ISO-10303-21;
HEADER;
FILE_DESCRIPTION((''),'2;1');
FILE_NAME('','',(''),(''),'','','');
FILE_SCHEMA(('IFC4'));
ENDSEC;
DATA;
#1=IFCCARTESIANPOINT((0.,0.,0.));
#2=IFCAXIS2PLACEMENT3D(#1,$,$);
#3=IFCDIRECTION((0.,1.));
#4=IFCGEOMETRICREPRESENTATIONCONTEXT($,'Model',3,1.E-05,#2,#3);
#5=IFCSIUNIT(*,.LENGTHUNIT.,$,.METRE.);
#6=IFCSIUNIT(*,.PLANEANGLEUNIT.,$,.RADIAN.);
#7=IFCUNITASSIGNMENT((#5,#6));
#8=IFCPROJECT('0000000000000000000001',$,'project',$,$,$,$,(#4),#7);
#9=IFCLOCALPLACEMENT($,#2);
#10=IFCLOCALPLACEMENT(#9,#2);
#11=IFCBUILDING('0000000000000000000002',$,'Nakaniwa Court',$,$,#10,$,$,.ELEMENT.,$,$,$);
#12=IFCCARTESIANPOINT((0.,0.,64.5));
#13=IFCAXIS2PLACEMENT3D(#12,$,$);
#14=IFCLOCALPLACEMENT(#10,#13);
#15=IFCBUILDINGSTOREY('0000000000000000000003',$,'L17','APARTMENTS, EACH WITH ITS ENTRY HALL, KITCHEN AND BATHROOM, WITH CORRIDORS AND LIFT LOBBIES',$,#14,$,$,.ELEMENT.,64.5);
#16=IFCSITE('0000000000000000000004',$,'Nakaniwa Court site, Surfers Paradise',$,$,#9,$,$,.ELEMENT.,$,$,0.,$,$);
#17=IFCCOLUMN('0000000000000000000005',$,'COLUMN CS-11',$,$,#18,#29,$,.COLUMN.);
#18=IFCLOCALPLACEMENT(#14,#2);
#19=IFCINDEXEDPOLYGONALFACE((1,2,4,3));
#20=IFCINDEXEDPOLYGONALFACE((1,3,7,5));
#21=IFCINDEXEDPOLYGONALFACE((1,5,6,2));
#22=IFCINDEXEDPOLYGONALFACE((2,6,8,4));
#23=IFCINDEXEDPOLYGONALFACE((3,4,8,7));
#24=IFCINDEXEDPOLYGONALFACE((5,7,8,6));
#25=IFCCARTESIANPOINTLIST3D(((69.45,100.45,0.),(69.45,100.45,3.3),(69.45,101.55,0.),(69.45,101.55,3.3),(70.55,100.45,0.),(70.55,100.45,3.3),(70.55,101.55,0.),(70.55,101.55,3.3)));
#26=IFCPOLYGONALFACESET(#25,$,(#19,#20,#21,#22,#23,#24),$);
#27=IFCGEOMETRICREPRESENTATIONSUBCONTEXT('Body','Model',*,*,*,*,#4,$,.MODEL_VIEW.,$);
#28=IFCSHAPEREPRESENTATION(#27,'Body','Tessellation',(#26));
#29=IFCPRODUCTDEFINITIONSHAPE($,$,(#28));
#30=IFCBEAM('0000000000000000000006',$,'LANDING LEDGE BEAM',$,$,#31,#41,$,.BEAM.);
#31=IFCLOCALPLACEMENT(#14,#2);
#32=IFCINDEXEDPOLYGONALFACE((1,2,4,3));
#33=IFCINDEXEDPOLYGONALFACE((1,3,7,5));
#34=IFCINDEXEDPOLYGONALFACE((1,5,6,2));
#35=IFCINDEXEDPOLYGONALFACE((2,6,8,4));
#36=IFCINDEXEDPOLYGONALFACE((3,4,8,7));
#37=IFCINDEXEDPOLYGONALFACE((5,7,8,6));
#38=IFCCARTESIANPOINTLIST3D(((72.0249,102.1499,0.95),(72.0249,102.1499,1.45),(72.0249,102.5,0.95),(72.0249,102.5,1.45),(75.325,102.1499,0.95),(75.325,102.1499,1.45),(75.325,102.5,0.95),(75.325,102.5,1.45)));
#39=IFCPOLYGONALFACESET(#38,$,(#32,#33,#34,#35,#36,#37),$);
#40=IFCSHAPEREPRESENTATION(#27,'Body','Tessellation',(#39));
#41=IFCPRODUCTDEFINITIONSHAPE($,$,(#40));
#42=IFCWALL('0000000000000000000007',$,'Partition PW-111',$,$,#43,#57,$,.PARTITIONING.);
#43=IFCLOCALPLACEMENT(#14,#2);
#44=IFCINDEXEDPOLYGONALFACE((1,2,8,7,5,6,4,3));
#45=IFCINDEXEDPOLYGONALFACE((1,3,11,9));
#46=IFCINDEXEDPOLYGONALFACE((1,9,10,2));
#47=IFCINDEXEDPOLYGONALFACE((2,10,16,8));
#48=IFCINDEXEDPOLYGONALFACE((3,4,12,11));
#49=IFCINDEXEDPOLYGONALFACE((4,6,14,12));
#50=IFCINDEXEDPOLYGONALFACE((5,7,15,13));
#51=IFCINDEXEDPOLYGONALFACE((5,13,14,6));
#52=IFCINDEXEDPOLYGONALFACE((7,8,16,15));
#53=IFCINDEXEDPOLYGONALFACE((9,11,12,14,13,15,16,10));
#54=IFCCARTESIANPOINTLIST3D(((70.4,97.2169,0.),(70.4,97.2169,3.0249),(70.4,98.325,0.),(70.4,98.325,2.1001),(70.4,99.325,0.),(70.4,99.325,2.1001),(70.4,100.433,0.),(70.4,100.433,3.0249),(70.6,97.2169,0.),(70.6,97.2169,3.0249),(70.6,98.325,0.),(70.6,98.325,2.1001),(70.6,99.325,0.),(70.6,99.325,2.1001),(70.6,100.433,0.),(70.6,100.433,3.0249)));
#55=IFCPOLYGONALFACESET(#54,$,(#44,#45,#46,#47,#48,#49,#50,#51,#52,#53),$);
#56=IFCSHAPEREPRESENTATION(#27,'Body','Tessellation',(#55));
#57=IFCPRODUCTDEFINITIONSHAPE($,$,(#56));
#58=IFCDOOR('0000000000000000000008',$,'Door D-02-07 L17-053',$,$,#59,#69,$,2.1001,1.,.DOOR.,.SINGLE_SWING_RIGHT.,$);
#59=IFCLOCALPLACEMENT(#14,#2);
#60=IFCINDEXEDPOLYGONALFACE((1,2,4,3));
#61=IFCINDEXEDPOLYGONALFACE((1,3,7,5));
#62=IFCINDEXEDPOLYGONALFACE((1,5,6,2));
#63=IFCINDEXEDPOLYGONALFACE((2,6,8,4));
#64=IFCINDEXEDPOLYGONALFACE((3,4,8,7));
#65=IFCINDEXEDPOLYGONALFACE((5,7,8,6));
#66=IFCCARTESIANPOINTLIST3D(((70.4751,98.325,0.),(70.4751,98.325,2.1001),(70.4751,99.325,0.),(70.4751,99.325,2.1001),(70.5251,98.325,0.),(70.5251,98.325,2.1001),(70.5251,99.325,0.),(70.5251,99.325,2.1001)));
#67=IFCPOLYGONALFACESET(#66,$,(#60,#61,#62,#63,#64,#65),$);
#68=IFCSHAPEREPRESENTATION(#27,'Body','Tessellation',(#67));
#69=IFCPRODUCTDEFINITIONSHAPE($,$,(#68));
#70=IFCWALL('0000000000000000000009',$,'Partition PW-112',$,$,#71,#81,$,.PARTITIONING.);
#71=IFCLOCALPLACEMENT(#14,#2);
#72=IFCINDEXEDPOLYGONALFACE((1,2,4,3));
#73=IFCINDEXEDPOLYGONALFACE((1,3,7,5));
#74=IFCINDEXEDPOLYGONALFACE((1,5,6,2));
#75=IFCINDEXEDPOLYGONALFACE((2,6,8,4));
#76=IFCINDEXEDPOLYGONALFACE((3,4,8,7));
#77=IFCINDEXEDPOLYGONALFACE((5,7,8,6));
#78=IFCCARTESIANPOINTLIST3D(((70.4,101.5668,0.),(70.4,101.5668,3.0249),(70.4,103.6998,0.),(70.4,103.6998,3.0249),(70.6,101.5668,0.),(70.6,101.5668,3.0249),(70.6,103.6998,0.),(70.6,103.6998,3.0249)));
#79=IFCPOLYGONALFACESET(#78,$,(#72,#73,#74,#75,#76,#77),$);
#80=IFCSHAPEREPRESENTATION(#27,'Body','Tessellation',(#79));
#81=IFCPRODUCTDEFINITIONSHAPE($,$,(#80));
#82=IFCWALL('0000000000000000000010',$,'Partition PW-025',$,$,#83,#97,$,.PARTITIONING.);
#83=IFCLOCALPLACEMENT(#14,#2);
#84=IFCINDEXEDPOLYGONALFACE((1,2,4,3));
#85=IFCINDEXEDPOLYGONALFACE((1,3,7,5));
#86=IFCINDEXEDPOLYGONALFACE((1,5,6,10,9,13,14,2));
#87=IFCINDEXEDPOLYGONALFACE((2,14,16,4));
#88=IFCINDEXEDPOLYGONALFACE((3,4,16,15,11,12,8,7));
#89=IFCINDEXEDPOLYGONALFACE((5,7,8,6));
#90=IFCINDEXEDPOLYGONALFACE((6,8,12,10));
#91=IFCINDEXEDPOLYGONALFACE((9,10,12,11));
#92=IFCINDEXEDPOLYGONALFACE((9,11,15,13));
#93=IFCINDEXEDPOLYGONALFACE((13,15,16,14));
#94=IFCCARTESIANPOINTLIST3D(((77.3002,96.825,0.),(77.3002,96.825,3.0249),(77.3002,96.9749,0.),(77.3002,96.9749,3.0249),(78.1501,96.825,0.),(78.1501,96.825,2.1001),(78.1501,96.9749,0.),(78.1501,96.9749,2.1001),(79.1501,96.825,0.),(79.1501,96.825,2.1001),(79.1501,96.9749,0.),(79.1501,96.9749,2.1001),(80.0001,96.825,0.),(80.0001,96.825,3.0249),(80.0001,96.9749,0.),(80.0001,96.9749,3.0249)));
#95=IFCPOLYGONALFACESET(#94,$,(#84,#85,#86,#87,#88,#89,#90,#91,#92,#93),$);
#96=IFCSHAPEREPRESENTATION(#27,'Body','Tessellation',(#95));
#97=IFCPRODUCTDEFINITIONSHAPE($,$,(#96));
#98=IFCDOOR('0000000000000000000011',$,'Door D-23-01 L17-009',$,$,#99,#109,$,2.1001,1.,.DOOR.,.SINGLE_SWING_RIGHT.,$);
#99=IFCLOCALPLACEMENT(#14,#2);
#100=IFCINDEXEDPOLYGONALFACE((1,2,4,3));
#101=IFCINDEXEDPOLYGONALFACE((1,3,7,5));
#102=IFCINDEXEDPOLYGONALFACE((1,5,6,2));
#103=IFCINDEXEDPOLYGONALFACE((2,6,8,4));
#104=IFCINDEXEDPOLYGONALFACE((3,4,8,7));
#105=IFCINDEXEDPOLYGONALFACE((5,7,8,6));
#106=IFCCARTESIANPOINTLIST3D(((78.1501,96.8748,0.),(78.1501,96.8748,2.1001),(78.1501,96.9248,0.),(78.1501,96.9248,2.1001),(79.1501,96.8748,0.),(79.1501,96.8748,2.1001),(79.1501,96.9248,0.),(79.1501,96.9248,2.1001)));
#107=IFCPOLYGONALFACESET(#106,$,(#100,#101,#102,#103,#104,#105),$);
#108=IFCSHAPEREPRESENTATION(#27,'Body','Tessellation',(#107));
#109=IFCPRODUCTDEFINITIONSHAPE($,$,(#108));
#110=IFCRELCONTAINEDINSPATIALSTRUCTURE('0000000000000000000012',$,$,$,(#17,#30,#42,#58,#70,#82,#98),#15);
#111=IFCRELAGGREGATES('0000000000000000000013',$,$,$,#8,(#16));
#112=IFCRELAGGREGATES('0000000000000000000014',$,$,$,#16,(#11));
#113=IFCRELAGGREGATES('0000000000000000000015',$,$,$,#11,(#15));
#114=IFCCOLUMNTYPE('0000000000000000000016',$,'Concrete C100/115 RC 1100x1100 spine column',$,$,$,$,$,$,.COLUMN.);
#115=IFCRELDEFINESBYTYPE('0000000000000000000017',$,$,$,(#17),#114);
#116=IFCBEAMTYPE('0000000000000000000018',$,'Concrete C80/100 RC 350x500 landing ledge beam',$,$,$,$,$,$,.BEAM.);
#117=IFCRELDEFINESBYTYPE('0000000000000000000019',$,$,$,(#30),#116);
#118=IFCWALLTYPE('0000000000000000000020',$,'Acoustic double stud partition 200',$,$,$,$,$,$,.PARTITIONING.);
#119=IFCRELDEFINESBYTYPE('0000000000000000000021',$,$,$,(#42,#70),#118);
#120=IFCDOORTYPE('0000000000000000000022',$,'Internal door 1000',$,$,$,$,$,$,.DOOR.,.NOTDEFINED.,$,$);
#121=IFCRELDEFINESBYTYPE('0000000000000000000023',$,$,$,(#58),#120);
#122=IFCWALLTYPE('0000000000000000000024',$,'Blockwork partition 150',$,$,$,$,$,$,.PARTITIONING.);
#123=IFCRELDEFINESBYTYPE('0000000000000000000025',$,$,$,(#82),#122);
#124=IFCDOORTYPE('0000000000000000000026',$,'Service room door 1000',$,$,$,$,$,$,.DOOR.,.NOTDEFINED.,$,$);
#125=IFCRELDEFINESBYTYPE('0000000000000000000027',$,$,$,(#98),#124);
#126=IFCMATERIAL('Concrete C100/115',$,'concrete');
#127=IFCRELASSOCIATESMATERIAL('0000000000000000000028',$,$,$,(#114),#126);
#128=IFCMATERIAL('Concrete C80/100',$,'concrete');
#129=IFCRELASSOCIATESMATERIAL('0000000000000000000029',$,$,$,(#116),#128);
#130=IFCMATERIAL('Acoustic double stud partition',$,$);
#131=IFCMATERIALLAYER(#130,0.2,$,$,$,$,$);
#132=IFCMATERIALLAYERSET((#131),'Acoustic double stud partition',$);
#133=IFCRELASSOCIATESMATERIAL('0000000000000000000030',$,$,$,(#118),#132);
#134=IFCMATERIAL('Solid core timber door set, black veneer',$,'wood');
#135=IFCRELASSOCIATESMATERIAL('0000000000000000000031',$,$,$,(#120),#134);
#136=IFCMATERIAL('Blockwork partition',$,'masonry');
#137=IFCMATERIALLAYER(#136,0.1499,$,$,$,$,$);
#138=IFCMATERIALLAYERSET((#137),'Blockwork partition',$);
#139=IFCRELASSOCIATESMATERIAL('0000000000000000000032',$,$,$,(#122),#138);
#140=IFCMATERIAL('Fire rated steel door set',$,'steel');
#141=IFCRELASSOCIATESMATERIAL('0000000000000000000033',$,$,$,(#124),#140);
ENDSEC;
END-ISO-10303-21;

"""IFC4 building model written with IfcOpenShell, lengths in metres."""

from ifc_helpers import new_model, si_unit, direction, frame, frame_2d, origin, origin_2d, place, context, subcontext, project, spatial, rectangle, extrude, material, layer, layer_set, material_profile, profile_set, type_object, element, fill, save


model = new_model("IFC4")

# Units and contexts
model_context = context("Model", 3, precision=1e-05, world=origin(), true_north=direction((0.0, 1.0)))
body_context = subcontext(model_context, "Body", "Model", "MODEL_VIEW")
ifc_project = project(units=[si_unit("LENGTHUNIT", "METRE"), si_unit("PLANEANGLEUNIT", "RADIAN")], contexts=[model_context])

# Site, building, storey
site_placement = place(None, origin())
site = spatial("IfcSite", under=ifc_project, at=site_placement, Name="Nakaniwa Court site, Surfers Paradise", CompositionType="ELEMENT", RefElevation=0.0)
building_placement = place(site_placement, origin())
building = spatial("IfcBuilding", under=site, at=building_placement, Name="Nakaniwa Court", CompositionType="ELEMENT")
storey_placement = place(building_placement, frame((0.0, 0.0, 64.5)))
storey = spatial("IfcBuildingStorey", under=building, at=storey_placement, Name="L17", Description="APARTMENTS, EACH WITH ITS ENTRY HALL, KITCHEN AND BATHROOM, WITH CORRIDORS AND LIFT LOBBIES", CompositionType="ELEMENT", Elevation=64.5)

# Column
ifc_material_1 = material(Name="Concrete C100/115", Category="concrete")
ifc_material_profile_1 = material_profile(ifc_material_1, rectangle(XDim=1.1001, YDim=1.1001, at=origin_2d()), Name="Concrete C100/115 RC 1100x1100 spine column")
ifc_profile_set_1 = profile_set([ifc_material_profile_1], Name="Concrete C100/115")
column_type = type_object("IfcColumnType", Name="Concrete C100/115 RC 1100x1100 spine column", PredefinedType="COLUMN", material=ifc_profile_set_1)
column_placement = place(storey_placement, frame((70.0, 101.0, 0.0), z_axis=(0.0, 0.0, 1.0), x_axis=(0.0, -1.0, 0.0)))
element("IfcColumn", 1, at=column_placement, inside=storey, type_object=column_type, Name="COLUMN CS-11", PredefinedType="COLUMN", context=body_context, shape_type="SweptSolid", body=[
    extrude(rectangle(XDim=1.1001, YDim=1.1001, at=origin_2d()), origin(), (0.0, 0.0, 1.0), 3.3),
])

# Beam
ifc_material_2 = material(Name="Concrete C80/100", Category="concrete")
ifc_material_profile_2 = material_profile(ifc_material_2, rectangle(XDim=0.3501, YDim=0.5, at=origin_2d()), Name="Concrete C80/100 RC 350x500 landing ledge beam")
ifc_profile_set_2 = profile_set([ifc_material_profile_2], Name="Concrete C80/100")
beam_type = type_object("IfcBeamType", Name="Concrete C80/100 RC 350x500 landing ledge beam", PredefinedType="BEAM", material=ifc_profile_set_2)
beam_placement = place(storey_placement, frame((72.0249, 102.325, 1.2), z_axis=(1.0, 0.0, 0.0), x_axis=(0.0, 1.0, 0.0)))
element("IfcBeam", 2, at=beam_placement, inside=storey, type_object=beam_type, Name="LANDING LEDGE BEAM", PredefinedType="BEAM", context=body_context, shape_type="SweptSolid", body=[
    extrude(rectangle(XDim=0.3501, YDim=0.5, at=origin_2d()), origin(), (0.0, 0.0, 1.0), 3.3),
])

# Wall, opening, door
ifc_material_3 = material(Name="Acoustic double stud partition")
ifc_layer_1 = layer(ifc_material_3, 0.2)
ifc_layer_set_1 = layer_set([ifc_layer_1], Name="Acoustic double stud partition")
wall_type_1 = type_object("IfcWallType", Name="Acoustic double stud partition 200", PredefinedType="PARTITIONING", material=ifc_layer_set_1)
wall_1_placement = place(storey_placement, frame((70.5, 97.217, 0.0), z_axis=(0.0, 0.0, 1.0), x_axis=(0.0, 1.0, 0.0)))
wall_1 = element("IfcWall", 3, at=wall_1_placement, inside=storey, type_object=wall_type_1, Name="Partition PW-111", PredefinedType="PARTITIONING", context=body_context, shape_type="SweptSolid", body=[
    extrude(rectangle(XDim=3.2161, YDim=0.2, at=frame_2d((1.6079, 0.0))), origin(), (0.0, 0.0, 1.0), 3.0249),
])
opening_1_placement = place(wall_1_placement, frame((1.1079, 0.0, 0.0)))
opening_1 = element("IfcOpeningElement", 4, at=opening_1_placement, cuts=wall_1, PredefinedType="OPENING", context=body_context, shape_type="SweptSolid", body=[
    extrude(rectangle(XDim=1.0, YDim=2.1001, at=frame_2d((0.5, 1.05))), frame((0.0, 0.1099, 0.0), z_axis=(0.0, -1.0, 0.0), x_axis=(1.0, 0.0, 0.0)), (0.0, 0.0, 1.0), 0.22),
])
ifc_material_4 = material(Name="Solid core timber door set, black veneer", Category="wood")
door_type_1 = type_object("IfcDoorType", Name="Internal door 1000", OperationType="NOTDEFINED", PredefinedType="DOOR", material=ifc_material_4)
door_1_placement = place(opening_1_placement, origin())
door_1 = element("IfcDoor", 5, at=door_1_placement, inside=storey, type_object=door_type_1, Name="Door D-02-07 L17-053", OperationType="SINGLE_SWING_RIGHT", OverallHeight=2.1001, OverallWidth=1.0, PredefinedType="DOOR", context=body_context, shape_type="SweptSolid", body=[
    extrude(rectangle(XDim=1.0, YDim=2.1001, at=frame_2d((0.5, 1.05))), frame((0.0, 0.0249, 0.0), z_axis=(0.0, -1.0, 0.0), x_axis=(1.0, 0.0, 0.0)), (0.0, 0.0, 1.0), 0.05),
])
fill(opening_1, door_1)

# Wall
wall_2_placement = place(storey_placement, frame((70.5, 101.5669, 0.0), z_axis=(0.0, 0.0, 1.0), x_axis=(0.0, 1.0, 0.0)))
element("IfcWall", 6, at=wall_2_placement, inside=storey, type_object=wall_type_1, Name="Partition PW-112", PredefinedType="PARTITIONING", context=body_context, shape_type="SweptSolid", body=[
    extrude(rectangle(XDim=2.1331, YDim=0.2, at=frame_2d((1.0664, 0.0))), origin(), (0.0, 0.0, 1.0), 3.0249),
])

# Wall, opening, door
ifc_material_5 = material(Name="Blockwork partition", Category="masonry")
ifc_layer_2 = layer(ifc_material_5, 0.1499)
ifc_layer_set_2 = layer_set([ifc_layer_2], Name="Blockwork partition")
wall_type_2 = type_object("IfcWallType", Name="Blockwork partition 150", PredefinedType="PARTITIONING", material=ifc_layer_set_2)
wall_3_placement = place(storey_placement, frame((77.3, 96.8999, 0.0), z_axis=(0.0, 0.0, 1.0), x_axis=(1.0, 0.0, 0.0)))
wall_3 = element("IfcWall", 7, at=wall_3_placement, inside=storey, type_object=wall_type_2, Name="Partition PW-025", PredefinedType="PARTITIONING", context=body_context, shape_type="SweptSolid", body=[
    extrude(rectangle(XDim=2.7, YDim=0.1499, at=frame_2d((1.3501, 0.0))), origin(), (0.0, 0.0, 1.0), 3.0249),
])
opening_2_placement = place(wall_3_placement, frame((0.8501, 0.0, 0.0)))
opening_2 = element("IfcOpeningElement", 8, at=opening_2_placement, cuts=wall_3, PredefinedType="OPENING", context=body_context, shape_type="SweptSolid", body=[
    extrude(rectangle(XDim=1.0, YDim=2.1001, at=frame_2d((0.5, 1.05))), frame((0.0, 0.085, 0.0), z_axis=(0.0, -1.0, 0.0), x_axis=(1.0, 0.0, 0.0)), (0.0, 0.0, 1.0), 0.1699),
])
ifc_material_6 = material(Name="Fire rated steel door set", Category="steel")
door_type_2 = type_object("IfcDoorType", Name="Service room door 1000", OperationType="NOTDEFINED", PredefinedType="DOOR", material=ifc_material_6)
door_2_placement = place(opening_2_placement, origin())
door_2 = element("IfcDoor", 9, at=door_2_placement, inside=storey, type_object=door_type_2, Name="Door D-23-01 L17-009", OperationType="SINGLE_SWING_RIGHT", OverallHeight=2.1001, OverallWidth=1.0, PredefinedType="DOOR", context=body_context, shape_type="SweptSolid", body=[
    extrude(rectangle(XDim=1.0, YDim=2.1001, at=frame_2d((0.5, 1.05))), frame((0.0, 0.0249, 0.0), z_axis=(0.0, -1.0, 0.0), x_axis=(1.0, 0.0, 0.0)), (0.0, 0.0, 1.0), 0.05),
])
fill(opening_2, door_2)

save(model, "model.ifc")
